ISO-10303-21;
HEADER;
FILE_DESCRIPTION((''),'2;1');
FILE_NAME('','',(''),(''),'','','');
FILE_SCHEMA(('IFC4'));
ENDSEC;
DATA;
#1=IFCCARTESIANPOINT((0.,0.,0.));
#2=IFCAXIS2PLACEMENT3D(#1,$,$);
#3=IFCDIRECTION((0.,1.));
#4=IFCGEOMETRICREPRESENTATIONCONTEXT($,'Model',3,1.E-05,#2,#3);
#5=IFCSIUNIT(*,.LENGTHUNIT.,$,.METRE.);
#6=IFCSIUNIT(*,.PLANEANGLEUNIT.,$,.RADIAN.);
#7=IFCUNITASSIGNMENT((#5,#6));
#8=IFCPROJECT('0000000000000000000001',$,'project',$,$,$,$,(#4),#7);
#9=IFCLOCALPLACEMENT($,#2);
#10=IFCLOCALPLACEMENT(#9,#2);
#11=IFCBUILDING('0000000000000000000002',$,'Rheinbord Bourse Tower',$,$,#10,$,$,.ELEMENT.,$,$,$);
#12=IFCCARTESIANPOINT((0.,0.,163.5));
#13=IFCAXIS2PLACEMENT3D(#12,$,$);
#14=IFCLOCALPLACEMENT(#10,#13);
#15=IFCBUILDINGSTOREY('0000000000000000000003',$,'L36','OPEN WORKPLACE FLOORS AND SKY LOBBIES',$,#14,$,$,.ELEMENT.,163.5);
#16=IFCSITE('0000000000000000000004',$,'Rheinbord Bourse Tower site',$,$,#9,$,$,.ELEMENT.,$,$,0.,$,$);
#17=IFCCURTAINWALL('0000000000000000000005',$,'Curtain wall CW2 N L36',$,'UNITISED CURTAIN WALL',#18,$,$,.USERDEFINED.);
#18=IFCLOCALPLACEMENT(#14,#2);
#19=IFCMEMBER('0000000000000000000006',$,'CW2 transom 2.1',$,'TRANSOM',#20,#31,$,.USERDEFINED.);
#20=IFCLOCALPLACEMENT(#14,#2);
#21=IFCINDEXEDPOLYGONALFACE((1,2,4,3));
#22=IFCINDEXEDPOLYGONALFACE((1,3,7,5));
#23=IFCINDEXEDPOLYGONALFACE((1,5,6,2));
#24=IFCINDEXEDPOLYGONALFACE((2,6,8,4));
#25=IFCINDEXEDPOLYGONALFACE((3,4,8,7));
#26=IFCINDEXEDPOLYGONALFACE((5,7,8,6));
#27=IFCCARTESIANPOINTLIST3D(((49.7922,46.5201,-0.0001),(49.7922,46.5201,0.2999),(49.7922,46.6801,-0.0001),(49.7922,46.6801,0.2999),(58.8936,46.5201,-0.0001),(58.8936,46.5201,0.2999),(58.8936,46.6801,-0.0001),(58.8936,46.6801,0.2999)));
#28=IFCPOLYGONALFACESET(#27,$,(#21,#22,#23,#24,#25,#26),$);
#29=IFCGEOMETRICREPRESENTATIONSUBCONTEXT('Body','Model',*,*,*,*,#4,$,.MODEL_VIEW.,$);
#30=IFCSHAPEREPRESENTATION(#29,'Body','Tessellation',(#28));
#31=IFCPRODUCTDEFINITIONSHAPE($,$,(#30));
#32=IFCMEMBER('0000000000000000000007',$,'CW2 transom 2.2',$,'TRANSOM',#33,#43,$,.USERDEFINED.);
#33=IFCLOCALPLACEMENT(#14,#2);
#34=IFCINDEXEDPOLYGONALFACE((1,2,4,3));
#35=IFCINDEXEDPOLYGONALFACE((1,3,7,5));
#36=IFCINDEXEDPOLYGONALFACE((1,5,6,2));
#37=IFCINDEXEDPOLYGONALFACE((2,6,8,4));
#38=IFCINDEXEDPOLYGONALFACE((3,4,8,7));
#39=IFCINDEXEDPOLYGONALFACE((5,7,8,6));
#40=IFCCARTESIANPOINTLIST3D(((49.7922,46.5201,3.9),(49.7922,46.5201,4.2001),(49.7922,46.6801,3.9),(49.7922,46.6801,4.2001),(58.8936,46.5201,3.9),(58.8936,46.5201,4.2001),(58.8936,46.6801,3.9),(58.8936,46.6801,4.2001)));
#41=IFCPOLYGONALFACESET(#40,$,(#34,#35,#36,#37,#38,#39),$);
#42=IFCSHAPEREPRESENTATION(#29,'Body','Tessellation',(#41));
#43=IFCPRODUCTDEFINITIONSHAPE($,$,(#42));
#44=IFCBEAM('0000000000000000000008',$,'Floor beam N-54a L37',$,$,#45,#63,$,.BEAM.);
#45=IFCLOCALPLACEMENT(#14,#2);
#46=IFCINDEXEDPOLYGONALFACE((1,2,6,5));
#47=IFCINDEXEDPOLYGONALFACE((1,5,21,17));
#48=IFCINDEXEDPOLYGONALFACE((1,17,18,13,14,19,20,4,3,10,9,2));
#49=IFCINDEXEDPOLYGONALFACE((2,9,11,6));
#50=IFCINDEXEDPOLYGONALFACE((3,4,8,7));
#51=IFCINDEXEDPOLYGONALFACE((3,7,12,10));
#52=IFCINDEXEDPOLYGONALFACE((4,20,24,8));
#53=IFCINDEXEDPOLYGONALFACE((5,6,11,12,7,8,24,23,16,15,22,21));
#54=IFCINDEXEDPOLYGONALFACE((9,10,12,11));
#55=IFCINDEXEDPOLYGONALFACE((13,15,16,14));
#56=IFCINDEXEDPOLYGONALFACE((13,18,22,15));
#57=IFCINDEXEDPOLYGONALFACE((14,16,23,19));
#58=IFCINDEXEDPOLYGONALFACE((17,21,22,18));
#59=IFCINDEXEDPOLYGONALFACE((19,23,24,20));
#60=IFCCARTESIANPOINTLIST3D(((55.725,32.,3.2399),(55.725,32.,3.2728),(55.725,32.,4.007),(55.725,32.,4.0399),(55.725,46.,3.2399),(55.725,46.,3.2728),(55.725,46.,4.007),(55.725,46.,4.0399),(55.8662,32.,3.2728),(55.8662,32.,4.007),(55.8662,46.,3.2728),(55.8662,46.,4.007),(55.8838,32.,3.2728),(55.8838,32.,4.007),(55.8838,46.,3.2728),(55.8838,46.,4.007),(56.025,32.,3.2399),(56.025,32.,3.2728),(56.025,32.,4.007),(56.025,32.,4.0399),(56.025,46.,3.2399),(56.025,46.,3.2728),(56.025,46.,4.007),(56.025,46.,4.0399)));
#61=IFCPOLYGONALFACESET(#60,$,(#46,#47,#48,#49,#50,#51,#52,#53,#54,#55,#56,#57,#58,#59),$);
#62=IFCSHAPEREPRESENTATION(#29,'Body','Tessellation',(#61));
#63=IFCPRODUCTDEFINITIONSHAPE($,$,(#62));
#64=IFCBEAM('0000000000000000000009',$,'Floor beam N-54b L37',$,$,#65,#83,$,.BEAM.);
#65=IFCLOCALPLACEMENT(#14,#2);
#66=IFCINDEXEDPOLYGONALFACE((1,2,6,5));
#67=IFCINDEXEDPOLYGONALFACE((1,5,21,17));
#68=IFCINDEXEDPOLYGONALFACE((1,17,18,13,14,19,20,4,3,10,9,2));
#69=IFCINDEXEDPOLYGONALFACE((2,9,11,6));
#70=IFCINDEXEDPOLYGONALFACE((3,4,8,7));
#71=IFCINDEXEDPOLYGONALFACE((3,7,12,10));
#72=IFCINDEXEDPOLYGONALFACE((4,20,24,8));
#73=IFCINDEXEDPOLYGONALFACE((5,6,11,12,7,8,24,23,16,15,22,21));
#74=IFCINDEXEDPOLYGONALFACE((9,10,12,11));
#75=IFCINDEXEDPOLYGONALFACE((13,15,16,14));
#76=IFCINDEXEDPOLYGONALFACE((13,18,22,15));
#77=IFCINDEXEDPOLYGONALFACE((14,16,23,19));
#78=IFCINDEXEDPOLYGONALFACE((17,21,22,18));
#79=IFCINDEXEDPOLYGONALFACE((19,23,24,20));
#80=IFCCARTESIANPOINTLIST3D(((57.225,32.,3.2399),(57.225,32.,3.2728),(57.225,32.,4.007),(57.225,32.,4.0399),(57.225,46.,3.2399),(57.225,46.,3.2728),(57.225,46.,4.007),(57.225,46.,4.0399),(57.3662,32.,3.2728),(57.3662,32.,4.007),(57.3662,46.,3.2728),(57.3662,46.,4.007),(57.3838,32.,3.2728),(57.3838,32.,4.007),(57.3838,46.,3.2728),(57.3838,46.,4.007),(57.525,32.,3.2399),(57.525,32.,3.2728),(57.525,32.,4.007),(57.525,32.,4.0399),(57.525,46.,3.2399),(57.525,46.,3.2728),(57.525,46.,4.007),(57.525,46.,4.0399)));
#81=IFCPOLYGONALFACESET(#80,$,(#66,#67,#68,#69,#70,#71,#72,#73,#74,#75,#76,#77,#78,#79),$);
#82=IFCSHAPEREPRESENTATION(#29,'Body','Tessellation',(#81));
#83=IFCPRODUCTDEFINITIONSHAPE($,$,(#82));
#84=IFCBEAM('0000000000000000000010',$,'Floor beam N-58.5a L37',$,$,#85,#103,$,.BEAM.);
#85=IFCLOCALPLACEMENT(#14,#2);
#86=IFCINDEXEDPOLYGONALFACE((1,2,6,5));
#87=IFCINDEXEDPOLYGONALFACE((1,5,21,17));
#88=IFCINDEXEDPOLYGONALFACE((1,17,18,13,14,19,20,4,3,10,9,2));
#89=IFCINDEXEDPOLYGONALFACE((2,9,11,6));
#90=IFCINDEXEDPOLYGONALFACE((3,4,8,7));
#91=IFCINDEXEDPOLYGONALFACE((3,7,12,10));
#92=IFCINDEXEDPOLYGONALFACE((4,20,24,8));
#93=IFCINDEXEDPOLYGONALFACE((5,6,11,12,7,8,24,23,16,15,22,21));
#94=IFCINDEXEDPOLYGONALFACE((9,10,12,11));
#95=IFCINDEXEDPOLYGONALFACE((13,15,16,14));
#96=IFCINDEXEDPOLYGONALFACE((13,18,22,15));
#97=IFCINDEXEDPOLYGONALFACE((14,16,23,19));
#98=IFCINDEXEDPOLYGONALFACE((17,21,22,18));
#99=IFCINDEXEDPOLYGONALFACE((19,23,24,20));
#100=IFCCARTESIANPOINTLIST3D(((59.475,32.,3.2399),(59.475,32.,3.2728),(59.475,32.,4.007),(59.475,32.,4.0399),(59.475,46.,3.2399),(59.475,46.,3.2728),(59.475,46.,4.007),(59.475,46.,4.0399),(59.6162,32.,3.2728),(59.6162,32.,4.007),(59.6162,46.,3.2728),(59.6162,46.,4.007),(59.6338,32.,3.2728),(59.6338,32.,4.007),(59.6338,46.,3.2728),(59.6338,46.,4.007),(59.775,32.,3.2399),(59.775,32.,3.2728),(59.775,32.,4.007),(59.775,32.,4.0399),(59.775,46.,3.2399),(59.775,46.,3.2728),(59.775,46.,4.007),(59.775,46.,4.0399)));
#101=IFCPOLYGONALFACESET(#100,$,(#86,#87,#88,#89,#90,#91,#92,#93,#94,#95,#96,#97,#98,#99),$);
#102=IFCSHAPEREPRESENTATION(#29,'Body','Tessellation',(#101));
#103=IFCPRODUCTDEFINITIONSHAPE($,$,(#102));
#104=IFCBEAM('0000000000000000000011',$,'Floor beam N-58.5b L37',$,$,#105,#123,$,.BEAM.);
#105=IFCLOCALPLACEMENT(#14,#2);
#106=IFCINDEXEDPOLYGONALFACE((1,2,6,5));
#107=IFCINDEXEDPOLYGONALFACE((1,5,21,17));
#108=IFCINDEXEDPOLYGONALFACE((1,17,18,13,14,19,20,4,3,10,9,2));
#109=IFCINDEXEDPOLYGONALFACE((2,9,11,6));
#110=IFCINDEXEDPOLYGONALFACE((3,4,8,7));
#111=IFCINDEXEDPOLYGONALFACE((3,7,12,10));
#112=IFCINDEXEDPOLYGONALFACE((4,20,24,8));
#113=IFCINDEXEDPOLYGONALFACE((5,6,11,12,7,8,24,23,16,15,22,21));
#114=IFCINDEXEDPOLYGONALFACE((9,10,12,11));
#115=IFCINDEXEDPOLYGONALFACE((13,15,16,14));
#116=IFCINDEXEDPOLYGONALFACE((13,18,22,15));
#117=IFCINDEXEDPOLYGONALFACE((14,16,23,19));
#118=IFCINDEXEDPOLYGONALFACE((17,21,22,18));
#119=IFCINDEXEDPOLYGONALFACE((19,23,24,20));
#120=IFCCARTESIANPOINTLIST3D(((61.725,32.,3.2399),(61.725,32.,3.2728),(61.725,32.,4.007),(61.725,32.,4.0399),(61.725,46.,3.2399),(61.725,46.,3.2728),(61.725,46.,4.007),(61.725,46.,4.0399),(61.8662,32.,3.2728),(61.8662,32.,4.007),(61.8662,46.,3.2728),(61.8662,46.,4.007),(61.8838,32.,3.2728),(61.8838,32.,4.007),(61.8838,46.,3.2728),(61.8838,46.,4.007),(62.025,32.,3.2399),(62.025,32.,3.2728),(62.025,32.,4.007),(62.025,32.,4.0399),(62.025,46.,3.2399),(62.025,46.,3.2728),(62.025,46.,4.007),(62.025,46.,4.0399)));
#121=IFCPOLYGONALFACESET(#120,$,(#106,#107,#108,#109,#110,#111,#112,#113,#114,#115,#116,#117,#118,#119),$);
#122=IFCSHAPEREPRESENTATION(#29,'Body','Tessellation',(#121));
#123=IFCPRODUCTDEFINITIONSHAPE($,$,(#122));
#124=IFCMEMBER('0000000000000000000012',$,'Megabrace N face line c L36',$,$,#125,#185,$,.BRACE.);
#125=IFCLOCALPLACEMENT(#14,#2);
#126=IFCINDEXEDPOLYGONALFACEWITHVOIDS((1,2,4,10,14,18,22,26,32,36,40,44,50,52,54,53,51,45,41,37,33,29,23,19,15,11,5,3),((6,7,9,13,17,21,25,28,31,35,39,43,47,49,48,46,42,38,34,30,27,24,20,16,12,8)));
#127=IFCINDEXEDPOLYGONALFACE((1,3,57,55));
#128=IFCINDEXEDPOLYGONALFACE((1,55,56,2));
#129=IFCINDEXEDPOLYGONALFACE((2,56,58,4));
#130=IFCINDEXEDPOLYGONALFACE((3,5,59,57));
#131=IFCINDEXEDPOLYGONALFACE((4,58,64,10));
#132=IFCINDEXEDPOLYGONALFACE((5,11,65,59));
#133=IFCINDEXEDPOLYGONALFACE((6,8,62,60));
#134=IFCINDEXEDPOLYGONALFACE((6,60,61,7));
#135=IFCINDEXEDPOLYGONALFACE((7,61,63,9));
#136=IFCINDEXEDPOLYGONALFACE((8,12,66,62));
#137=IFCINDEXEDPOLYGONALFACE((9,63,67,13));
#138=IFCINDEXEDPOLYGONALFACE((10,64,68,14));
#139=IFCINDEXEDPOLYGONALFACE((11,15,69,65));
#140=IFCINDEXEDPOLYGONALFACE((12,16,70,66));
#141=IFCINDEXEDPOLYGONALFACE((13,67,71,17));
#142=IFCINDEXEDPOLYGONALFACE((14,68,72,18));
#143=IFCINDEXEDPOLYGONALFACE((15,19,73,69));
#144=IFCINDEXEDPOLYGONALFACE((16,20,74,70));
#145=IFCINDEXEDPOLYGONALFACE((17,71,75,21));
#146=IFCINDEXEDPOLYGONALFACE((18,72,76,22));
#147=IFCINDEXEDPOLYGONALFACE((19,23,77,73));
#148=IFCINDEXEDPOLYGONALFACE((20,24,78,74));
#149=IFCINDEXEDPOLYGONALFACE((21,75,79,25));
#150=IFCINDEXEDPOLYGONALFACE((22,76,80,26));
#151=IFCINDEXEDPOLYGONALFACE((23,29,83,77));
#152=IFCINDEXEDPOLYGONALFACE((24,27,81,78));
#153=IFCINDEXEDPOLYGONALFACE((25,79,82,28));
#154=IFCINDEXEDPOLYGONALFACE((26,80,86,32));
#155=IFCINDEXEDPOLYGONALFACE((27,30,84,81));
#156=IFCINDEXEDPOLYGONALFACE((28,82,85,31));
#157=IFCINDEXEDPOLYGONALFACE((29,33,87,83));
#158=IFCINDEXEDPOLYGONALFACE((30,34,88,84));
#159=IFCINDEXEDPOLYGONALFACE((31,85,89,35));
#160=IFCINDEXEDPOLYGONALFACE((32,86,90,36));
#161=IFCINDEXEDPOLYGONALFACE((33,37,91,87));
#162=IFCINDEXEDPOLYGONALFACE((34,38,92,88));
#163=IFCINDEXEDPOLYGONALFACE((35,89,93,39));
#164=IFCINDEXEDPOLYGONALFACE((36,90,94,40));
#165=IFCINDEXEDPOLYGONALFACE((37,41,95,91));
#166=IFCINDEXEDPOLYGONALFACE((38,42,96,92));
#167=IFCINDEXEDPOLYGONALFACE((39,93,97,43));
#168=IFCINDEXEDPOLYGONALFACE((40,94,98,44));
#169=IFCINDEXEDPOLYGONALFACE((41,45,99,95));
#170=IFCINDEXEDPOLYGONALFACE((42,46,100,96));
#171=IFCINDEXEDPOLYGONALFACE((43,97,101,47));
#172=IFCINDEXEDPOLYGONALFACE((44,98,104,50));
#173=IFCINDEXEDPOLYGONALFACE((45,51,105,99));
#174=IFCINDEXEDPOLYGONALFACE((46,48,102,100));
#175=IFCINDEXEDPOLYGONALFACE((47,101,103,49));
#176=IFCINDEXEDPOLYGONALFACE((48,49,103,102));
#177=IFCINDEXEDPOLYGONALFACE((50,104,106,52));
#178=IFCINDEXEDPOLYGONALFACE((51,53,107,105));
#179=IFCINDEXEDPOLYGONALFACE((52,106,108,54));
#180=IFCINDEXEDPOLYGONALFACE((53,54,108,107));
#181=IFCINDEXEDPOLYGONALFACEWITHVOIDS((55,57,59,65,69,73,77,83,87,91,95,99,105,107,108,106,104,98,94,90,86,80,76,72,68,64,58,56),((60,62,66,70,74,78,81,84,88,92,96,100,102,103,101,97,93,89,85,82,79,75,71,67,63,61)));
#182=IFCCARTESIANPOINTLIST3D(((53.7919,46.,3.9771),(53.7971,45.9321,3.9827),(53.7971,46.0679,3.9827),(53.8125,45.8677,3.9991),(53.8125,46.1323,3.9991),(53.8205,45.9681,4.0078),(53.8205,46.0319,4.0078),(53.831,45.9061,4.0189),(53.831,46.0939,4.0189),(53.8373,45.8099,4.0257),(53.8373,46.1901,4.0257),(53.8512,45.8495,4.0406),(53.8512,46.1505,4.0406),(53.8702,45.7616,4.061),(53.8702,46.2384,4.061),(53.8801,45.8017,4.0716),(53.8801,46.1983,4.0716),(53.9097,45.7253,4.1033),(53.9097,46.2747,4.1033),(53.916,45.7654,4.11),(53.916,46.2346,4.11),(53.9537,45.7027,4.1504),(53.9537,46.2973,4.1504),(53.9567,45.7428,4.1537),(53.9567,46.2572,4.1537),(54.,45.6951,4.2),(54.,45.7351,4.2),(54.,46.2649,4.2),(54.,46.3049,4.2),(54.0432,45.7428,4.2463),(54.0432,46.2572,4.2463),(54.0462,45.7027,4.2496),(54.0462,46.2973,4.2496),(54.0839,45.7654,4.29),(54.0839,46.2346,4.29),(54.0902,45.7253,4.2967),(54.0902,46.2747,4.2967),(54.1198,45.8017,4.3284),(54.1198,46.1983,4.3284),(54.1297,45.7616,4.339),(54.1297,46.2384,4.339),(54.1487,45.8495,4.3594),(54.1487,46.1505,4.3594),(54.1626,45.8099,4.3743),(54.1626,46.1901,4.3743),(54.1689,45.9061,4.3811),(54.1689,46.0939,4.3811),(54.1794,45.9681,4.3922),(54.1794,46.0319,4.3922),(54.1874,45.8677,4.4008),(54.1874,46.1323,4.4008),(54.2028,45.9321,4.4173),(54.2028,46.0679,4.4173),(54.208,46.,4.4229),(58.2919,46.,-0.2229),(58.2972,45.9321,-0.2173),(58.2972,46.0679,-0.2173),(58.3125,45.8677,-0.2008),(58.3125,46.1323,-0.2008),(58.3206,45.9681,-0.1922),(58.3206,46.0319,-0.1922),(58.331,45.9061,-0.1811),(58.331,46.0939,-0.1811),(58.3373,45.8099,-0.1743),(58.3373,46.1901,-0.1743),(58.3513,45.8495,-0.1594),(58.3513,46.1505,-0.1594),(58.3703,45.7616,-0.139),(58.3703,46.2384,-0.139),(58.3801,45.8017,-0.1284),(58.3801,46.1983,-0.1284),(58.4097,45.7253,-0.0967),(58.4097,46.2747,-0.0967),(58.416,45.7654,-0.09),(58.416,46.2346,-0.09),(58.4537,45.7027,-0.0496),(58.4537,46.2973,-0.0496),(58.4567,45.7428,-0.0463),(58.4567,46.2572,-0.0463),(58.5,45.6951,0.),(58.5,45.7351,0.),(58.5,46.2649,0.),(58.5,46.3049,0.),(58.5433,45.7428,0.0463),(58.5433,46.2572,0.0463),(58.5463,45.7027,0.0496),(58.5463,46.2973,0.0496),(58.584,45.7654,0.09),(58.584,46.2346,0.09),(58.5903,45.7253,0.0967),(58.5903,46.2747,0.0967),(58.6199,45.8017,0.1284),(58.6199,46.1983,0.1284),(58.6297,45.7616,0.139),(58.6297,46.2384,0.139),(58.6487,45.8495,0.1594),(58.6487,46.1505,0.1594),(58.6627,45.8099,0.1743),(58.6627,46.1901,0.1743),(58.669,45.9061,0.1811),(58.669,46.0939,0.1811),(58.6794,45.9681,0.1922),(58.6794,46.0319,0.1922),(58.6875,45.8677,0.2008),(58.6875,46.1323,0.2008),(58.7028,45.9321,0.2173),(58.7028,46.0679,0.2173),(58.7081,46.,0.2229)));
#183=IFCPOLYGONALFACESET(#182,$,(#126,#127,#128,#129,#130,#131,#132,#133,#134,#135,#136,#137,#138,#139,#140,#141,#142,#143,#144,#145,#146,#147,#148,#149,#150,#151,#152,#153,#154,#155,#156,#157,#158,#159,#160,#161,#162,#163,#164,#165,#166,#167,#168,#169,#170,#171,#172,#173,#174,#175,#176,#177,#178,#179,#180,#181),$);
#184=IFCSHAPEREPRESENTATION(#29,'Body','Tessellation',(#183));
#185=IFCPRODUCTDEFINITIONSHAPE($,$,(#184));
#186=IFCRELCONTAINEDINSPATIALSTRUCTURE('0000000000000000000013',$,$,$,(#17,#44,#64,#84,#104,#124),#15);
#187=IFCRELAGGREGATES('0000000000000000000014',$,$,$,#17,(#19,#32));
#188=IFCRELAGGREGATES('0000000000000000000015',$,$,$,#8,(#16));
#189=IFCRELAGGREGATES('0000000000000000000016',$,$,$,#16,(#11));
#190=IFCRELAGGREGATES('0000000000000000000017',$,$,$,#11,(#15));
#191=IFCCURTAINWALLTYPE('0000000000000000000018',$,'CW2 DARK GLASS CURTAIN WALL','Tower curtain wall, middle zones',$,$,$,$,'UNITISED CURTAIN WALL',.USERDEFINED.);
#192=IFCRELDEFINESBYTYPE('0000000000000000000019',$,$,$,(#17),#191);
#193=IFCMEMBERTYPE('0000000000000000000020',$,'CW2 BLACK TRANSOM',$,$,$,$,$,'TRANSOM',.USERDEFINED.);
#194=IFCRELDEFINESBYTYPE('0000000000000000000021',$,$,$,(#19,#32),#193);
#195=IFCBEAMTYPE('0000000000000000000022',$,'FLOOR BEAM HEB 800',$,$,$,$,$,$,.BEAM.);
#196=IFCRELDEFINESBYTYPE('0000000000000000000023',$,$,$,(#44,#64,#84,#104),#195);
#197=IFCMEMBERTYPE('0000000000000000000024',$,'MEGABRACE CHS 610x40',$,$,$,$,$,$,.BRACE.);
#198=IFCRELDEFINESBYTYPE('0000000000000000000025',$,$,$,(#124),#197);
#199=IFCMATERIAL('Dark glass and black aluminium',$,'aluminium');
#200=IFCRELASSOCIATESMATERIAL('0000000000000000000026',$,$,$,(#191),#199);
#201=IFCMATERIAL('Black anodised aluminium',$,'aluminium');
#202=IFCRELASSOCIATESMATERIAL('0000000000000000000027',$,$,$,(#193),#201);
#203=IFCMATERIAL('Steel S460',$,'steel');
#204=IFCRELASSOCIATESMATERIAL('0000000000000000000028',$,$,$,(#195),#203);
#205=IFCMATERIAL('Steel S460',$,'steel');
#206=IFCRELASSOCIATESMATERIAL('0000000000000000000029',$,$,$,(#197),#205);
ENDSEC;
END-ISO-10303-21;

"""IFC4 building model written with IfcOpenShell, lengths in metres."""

from ifc_helpers import new_model, si_unit, direction, frame, origin, origin_2d, place, context, subcontext, project, spatial, rectangle, hollow_circle, i_section, extrude, material, material_profile, profile_set, type_object, element, aggregate, save


model = new_model("IFC4")

# Units and contexts
model_context = context("Model", 3, precision=1e-05, world=origin(), true_north=direction((0.0, 1.0)))
body_context = subcontext(model_context, "Body", "Model", "MODEL_VIEW")
ifc_project = project(units=[si_unit("LENGTHUNIT", "METRE"), si_unit("PLANEANGLEUNIT", "RADIAN")], contexts=[model_context])

# Site, building, storey
site_placement = place(None, origin())
site = spatial("IfcSite", under=ifc_project, at=site_placement, Name="Rheinbord Bourse Tower site", CompositionType="ELEMENT", RefElevation=0.0)
building_placement = place(site_placement, origin())
building = spatial("IfcBuilding", under=site, at=building_placement, Name="Rheinbord Bourse Tower", CompositionType="ELEMENT")
storey_placement = place(building_placement, frame((0.0, 0.0, 163.5)))
storey = spatial("IfcBuildingStorey", under=building, at=storey_placement, Name="L36", Description="OPEN WORKPLACE FLOORS AND SKY LOBBIES", CompositionType="ELEMENT", Elevation=163.5)

# Curtain wall
ifc_material_1 = material(Name="Dark glass and black aluminium", Category="aluminium")
curtain_wall_type = type_object("IfcCurtainWallType", Name="CW2 DARK GLASS CURTAIN WALL", Description="Tower curtain wall, middle zones", ElementType="UNITISED CURTAIN WALL", PredefinedType="USERDEFINED", material=ifc_material_1)
curtain_wall_1_placement = place(storey_placement, origin())
curtain_wall_1 = element("IfcCurtainWall", 1, at=curtain_wall_1_placement, inside=storey, type_object=curtain_wall_type, Name="Curtain wall CW2 N L36", ObjectType="UNITISED CURTAIN WALL", PredefinedType="USERDEFINED")

# Members
ifc_material_2 = material(Name="Black anodised aluminium", Category="aluminium")
ifc_material_profile_1 = material_profile(ifc_material_2, rectangle(XDim=0.1599, YDim=0.3, at=origin_2d()), Name="CW2 TRANSOM 300x160")
ifc_profile_set_1 = profile_set([ifc_material_profile_1], Name="Black anodised aluminium")
member_type_1 = type_object("IfcMemberType", Name="CW2 BLACK TRANSOM", ElementType="TRANSOM", PredefinedType="USERDEFINED", material=ifc_profile_set_1)
member_1_placement = place(storey_placement, frame((58.8936, 46.6001, 0.1499), z_axis=(-1.0, 0.0, 0.0), x_axis=(0.0, -1.0, 0.0)))
member_1 = element("IfcMember", 2, at=member_1_placement, type_object=member_type_1, Name="CW2 transom 2.1", ObjectType="TRANSOM", PredefinedType="USERDEFINED", context=body_context, shape_type="SweptSolid", body=[
    extrude(rectangle(XDim=0.1599, YDim=0.3, at=origin_2d()), origin(), (0.0, 0.0, 1.0), 9.1013),
])
member_2_placement = place(storey_placement, frame((58.8936, 46.6001, 4.05), z_axis=(-1.0, 0.0, 0.0), x_axis=(0.0, -1.0, 0.0)))
member_2 = element("IfcMember", 3, at=member_2_placement, type_object=member_type_1, Name="CW2 transom 2.2", ObjectType="TRANSOM", PredefinedType="USERDEFINED", context=body_context, shape_type="SweptSolid", body=[
    extrude(rectangle(XDim=0.1599, YDim=0.3, at=origin_2d()), origin(), (0.0, 0.0, 1.0), 9.1013),
])

# Beams
ifc_material_3 = material(Name="Steel S460", Category="steel")
ifc_material_profile_2 = material_profile(ifc_material_3, i_section(OverallWidth=0.3, OverallDepth=0.8, WebThickness=0.0176, FlangeThickness=0.033, at=origin_2d()), Name="HEB 800")
ifc_profile_set_2 = profile_set([ifc_material_profile_2], Name="Steel S460")
beam_type_1 = type_object("IfcBeamType", Name="FLOOR BEAM HEB 800", PredefinedType="BEAM", material=ifc_profile_set_2)
for number, where, z_axis, x_axis, name in (
    (4, (55.875, 46.0, 3.6399), (0.0, -1.0, 0.0), (1.0, 0.0, 0.0), "Floor beam N-54a L37"),
    (5, (57.375, 46.0, 3.6399), (0.0, -1.0, 0.0), (1.0, 0.0, 0.0), "Floor beam N-54b L37"),
    (6, (59.625, 46.0, 3.6399), (0.0, -1.0, 0.0), (1.0, 0.0, 0.0), "Floor beam N-58.5a L37"),
    (7, (61.875, 46.0, 3.6399), (0.0, -1.0, 0.0), (1.0, 0.0, 0.0), "Floor beam N-58.5b L37"),
):
    element("IfcBeam", number, at=place(storey_placement, frame(where, z_axis=z_axis, x_axis=x_axis)), inside=storey, type_object=beam_type_1, Name=name, PredefinedType="BEAM", context=body_context, shape_type="SweptSolid", body=[
        extrude(i_section(OverallWidth=0.3, OverallDepth=0.8, WebThickness=0.0176, FlangeThickness=0.033, at=origin_2d()), origin(), (0.0, 0.0, 1.0), 14.0),
    ])

# Member
ifc_material_4 = material(Name="Steel S460", Category="steel")
ifc_material_profile_3 = material_profile(ifc_material_4, hollow_circle(Radius=0.3049, WallThickness=0.04, at=origin_2d()), Name="CHS 610x40")
ifc_profile_set_3 = profile_set([ifc_material_profile_3], Name="Steel S460")
member_type_2 = type_object("IfcMemberType", Name="MEGABRACE CHS 610x40", PredefinedType="BRACE", material=ifc_profile_set_3)
member_3_placement = place(storey_placement, frame((58.5, 46.0, 0.0), z_axis=(-0.731059, 0.0, 0.682314), x_axis=(0.0, -1.0, 0.0)))
element("IfcMember", 8, at=member_3_placement, inside=storey, type_object=member_type_2, Name="Megabrace N face line c L36", PredefinedType="BRACE", context=body_context, shape_type="SweptSolid", body=[
    extrude(hollow_circle(Radius=0.3049, WallThickness=0.04, at=origin_2d()), origin(), (0.0, 0.0, 1.0), 6.1555),
])

aggregate(curtain_wall_1, [member_1, member_2])

save(model, "model.ifc")
